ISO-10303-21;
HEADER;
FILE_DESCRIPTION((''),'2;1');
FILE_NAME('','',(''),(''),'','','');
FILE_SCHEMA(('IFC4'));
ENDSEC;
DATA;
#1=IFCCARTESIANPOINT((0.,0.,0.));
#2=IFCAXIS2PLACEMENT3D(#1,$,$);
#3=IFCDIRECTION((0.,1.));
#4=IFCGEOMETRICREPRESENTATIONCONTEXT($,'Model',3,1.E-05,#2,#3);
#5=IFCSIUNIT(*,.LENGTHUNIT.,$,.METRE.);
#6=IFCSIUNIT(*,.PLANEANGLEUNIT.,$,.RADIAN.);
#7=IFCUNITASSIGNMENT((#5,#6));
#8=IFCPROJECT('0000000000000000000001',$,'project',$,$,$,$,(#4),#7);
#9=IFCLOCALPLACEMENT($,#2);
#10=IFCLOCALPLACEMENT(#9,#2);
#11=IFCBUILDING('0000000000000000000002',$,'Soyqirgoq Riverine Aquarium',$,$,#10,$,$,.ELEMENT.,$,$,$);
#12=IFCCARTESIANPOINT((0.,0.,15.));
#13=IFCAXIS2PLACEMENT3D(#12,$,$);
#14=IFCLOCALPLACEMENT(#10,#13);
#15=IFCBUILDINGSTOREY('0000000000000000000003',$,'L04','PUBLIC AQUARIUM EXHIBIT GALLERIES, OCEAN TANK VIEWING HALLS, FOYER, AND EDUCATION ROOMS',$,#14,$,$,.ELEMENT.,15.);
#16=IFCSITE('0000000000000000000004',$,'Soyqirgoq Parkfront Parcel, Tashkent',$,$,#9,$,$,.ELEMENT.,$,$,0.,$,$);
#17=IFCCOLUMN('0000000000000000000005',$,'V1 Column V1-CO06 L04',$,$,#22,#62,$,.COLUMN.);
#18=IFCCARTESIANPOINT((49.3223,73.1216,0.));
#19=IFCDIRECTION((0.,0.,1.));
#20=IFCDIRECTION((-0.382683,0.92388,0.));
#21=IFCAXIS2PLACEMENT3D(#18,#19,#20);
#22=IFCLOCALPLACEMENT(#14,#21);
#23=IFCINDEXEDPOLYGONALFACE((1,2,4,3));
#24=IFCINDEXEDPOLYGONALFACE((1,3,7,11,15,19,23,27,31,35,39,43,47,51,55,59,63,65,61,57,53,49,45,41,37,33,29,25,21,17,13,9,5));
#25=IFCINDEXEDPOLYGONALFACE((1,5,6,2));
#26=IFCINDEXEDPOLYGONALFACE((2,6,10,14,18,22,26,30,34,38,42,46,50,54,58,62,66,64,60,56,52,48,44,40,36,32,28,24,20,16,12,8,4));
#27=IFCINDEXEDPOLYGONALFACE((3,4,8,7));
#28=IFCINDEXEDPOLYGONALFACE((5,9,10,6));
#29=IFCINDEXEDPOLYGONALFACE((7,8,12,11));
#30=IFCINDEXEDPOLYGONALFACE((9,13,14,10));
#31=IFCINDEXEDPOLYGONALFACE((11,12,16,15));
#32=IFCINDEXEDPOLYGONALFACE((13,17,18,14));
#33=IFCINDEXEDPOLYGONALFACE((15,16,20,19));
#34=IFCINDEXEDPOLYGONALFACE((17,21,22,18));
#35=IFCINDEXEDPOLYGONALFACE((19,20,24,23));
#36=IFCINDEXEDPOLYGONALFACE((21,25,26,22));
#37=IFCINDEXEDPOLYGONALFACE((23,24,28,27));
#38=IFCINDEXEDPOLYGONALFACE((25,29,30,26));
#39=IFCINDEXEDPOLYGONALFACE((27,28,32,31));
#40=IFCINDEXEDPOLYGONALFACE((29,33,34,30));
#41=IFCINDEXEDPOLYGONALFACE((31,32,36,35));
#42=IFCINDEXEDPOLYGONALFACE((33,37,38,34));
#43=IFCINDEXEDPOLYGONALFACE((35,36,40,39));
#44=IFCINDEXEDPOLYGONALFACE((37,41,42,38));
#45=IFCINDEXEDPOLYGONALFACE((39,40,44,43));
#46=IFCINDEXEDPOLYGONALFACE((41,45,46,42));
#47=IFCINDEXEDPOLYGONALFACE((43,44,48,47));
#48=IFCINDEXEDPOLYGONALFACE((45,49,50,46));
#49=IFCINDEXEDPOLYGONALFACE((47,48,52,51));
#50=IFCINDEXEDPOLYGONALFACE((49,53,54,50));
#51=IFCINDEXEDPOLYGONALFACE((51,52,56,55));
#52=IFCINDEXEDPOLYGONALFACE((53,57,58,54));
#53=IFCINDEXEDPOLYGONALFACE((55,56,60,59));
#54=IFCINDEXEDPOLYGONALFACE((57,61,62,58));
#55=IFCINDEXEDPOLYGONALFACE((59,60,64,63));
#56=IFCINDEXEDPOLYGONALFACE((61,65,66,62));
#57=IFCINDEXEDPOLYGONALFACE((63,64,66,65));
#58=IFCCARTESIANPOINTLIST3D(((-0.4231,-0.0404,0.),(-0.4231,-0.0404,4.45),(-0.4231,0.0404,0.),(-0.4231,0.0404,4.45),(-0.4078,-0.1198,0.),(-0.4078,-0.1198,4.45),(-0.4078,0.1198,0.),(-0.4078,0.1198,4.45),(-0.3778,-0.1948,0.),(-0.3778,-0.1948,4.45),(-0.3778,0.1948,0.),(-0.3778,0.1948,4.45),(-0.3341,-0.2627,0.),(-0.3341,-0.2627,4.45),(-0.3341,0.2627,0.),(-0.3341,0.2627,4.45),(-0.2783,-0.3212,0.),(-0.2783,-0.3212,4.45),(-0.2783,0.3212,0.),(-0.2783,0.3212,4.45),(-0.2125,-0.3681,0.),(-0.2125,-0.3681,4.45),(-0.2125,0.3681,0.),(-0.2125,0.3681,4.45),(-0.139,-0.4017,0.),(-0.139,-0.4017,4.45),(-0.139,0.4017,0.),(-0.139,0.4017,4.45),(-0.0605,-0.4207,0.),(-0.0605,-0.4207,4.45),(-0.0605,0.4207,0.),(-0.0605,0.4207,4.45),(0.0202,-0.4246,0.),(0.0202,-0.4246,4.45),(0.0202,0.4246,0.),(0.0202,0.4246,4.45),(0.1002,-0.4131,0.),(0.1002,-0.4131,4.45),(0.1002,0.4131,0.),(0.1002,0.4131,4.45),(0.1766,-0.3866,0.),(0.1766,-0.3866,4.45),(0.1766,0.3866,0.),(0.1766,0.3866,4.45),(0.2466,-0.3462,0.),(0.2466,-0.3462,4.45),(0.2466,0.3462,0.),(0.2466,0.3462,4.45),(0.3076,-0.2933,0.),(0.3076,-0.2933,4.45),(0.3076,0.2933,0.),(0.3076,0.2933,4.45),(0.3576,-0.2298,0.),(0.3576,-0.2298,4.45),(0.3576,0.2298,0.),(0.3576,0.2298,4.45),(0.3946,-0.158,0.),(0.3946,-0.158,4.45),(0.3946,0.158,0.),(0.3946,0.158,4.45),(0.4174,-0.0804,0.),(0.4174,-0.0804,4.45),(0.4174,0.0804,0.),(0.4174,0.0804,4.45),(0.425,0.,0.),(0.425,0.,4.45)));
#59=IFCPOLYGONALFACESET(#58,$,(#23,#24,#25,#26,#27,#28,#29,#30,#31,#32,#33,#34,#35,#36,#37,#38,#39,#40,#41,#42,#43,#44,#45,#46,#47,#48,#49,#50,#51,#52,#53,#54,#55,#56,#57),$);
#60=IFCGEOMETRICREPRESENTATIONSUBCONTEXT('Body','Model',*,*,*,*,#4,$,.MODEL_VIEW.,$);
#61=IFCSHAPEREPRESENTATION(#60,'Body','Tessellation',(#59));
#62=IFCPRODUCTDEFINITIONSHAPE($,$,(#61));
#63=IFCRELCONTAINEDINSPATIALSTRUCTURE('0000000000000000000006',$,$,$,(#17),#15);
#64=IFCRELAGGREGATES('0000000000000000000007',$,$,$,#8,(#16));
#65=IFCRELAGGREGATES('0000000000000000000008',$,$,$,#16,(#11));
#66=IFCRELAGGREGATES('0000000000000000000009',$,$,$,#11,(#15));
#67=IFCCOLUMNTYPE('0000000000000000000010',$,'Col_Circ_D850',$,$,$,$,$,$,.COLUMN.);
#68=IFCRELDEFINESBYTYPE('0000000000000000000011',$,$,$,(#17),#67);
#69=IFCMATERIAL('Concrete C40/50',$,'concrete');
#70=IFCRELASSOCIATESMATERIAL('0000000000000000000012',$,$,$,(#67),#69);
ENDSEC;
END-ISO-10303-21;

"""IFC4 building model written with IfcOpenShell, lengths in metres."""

from ifc_helpers import new_model, si_unit, direction, frame, origin, origin_2d, place, context, subcontext, project, spatial, circle, extrude, material, material_profile, profile_set, type_object, element, save


model = new_model("IFC4")

# Units and contexts
model_context = context("Model", 3, precision=1e-05, world=origin(), true_north=direction((0.0, 1.0)))
body_context = subcontext(model_context, "Body", "Model", "MODEL_VIEW")
ifc_project = project(units=[si_unit("LENGTHUNIT", "METRE"), si_unit("PLANEANGLEUNIT", "RADIAN")], contexts=[model_context])

# Site, building, storey
site_placement = place(None, origin())
site = spatial("IfcSite", under=ifc_project, at=site_placement, Name="Soyqirgoq Parkfront Parcel, Tashkent", CompositionType="ELEMENT", RefElevation=0.0)
building_placement = place(site_placement, origin())
building = spatial("IfcBuilding", under=site, at=building_placement, Name="Soyqirgoq Riverine Aquarium", CompositionType="ELEMENT")
storey_placement = place(building_placement, frame((0.0, 0.0, 15.0)))
storey = spatial("IfcBuildingStorey", under=building, at=storey_placement, Name="L04", Description="PUBLIC AQUARIUM EXHIBIT GALLERIES, OCEAN TANK VIEWING HALLS, FOYER, AND EDUCATION ROOMS", CompositionType="ELEMENT", Elevation=15.0)

# Column
ifc_material_1 = material(Name="Concrete C40/50", Category="concrete")
ifc_material_profile_1 = material_profile(ifc_material_1, circle(Radius=0.425, at=origin_2d()), Name="RC-COL D850")
ifc_profile_set_1 = profile_set([ifc_material_profile_1], Name="Concrete C40/50")
column_type_1 = type_object("IfcColumnType", Name="Col_Circ_D850", PredefinedType="COLUMN", material=ifc_profile_set_1)
column_1_placement = place(storey_placement, frame((49.3223, 73.1216, 0.0), z_axis=(0.0, 0.0, 1.0), x_axis=(-0.382683, 0.92388, 0.0)))
element("IfcColumn", 1, at=column_1_placement, inside=storey, type_object=column_type_1, Name="V1 Column V1-CO06 L04", PredefinedType="COLUMN", context=body_context, shape_type="SweptSolid", body=[
    extrude(circle(Radius=0.425, at=origin_2d()), origin(), (0.0, 0.0, 1.0), 4.45),
])

save(model, "model.ifc")
